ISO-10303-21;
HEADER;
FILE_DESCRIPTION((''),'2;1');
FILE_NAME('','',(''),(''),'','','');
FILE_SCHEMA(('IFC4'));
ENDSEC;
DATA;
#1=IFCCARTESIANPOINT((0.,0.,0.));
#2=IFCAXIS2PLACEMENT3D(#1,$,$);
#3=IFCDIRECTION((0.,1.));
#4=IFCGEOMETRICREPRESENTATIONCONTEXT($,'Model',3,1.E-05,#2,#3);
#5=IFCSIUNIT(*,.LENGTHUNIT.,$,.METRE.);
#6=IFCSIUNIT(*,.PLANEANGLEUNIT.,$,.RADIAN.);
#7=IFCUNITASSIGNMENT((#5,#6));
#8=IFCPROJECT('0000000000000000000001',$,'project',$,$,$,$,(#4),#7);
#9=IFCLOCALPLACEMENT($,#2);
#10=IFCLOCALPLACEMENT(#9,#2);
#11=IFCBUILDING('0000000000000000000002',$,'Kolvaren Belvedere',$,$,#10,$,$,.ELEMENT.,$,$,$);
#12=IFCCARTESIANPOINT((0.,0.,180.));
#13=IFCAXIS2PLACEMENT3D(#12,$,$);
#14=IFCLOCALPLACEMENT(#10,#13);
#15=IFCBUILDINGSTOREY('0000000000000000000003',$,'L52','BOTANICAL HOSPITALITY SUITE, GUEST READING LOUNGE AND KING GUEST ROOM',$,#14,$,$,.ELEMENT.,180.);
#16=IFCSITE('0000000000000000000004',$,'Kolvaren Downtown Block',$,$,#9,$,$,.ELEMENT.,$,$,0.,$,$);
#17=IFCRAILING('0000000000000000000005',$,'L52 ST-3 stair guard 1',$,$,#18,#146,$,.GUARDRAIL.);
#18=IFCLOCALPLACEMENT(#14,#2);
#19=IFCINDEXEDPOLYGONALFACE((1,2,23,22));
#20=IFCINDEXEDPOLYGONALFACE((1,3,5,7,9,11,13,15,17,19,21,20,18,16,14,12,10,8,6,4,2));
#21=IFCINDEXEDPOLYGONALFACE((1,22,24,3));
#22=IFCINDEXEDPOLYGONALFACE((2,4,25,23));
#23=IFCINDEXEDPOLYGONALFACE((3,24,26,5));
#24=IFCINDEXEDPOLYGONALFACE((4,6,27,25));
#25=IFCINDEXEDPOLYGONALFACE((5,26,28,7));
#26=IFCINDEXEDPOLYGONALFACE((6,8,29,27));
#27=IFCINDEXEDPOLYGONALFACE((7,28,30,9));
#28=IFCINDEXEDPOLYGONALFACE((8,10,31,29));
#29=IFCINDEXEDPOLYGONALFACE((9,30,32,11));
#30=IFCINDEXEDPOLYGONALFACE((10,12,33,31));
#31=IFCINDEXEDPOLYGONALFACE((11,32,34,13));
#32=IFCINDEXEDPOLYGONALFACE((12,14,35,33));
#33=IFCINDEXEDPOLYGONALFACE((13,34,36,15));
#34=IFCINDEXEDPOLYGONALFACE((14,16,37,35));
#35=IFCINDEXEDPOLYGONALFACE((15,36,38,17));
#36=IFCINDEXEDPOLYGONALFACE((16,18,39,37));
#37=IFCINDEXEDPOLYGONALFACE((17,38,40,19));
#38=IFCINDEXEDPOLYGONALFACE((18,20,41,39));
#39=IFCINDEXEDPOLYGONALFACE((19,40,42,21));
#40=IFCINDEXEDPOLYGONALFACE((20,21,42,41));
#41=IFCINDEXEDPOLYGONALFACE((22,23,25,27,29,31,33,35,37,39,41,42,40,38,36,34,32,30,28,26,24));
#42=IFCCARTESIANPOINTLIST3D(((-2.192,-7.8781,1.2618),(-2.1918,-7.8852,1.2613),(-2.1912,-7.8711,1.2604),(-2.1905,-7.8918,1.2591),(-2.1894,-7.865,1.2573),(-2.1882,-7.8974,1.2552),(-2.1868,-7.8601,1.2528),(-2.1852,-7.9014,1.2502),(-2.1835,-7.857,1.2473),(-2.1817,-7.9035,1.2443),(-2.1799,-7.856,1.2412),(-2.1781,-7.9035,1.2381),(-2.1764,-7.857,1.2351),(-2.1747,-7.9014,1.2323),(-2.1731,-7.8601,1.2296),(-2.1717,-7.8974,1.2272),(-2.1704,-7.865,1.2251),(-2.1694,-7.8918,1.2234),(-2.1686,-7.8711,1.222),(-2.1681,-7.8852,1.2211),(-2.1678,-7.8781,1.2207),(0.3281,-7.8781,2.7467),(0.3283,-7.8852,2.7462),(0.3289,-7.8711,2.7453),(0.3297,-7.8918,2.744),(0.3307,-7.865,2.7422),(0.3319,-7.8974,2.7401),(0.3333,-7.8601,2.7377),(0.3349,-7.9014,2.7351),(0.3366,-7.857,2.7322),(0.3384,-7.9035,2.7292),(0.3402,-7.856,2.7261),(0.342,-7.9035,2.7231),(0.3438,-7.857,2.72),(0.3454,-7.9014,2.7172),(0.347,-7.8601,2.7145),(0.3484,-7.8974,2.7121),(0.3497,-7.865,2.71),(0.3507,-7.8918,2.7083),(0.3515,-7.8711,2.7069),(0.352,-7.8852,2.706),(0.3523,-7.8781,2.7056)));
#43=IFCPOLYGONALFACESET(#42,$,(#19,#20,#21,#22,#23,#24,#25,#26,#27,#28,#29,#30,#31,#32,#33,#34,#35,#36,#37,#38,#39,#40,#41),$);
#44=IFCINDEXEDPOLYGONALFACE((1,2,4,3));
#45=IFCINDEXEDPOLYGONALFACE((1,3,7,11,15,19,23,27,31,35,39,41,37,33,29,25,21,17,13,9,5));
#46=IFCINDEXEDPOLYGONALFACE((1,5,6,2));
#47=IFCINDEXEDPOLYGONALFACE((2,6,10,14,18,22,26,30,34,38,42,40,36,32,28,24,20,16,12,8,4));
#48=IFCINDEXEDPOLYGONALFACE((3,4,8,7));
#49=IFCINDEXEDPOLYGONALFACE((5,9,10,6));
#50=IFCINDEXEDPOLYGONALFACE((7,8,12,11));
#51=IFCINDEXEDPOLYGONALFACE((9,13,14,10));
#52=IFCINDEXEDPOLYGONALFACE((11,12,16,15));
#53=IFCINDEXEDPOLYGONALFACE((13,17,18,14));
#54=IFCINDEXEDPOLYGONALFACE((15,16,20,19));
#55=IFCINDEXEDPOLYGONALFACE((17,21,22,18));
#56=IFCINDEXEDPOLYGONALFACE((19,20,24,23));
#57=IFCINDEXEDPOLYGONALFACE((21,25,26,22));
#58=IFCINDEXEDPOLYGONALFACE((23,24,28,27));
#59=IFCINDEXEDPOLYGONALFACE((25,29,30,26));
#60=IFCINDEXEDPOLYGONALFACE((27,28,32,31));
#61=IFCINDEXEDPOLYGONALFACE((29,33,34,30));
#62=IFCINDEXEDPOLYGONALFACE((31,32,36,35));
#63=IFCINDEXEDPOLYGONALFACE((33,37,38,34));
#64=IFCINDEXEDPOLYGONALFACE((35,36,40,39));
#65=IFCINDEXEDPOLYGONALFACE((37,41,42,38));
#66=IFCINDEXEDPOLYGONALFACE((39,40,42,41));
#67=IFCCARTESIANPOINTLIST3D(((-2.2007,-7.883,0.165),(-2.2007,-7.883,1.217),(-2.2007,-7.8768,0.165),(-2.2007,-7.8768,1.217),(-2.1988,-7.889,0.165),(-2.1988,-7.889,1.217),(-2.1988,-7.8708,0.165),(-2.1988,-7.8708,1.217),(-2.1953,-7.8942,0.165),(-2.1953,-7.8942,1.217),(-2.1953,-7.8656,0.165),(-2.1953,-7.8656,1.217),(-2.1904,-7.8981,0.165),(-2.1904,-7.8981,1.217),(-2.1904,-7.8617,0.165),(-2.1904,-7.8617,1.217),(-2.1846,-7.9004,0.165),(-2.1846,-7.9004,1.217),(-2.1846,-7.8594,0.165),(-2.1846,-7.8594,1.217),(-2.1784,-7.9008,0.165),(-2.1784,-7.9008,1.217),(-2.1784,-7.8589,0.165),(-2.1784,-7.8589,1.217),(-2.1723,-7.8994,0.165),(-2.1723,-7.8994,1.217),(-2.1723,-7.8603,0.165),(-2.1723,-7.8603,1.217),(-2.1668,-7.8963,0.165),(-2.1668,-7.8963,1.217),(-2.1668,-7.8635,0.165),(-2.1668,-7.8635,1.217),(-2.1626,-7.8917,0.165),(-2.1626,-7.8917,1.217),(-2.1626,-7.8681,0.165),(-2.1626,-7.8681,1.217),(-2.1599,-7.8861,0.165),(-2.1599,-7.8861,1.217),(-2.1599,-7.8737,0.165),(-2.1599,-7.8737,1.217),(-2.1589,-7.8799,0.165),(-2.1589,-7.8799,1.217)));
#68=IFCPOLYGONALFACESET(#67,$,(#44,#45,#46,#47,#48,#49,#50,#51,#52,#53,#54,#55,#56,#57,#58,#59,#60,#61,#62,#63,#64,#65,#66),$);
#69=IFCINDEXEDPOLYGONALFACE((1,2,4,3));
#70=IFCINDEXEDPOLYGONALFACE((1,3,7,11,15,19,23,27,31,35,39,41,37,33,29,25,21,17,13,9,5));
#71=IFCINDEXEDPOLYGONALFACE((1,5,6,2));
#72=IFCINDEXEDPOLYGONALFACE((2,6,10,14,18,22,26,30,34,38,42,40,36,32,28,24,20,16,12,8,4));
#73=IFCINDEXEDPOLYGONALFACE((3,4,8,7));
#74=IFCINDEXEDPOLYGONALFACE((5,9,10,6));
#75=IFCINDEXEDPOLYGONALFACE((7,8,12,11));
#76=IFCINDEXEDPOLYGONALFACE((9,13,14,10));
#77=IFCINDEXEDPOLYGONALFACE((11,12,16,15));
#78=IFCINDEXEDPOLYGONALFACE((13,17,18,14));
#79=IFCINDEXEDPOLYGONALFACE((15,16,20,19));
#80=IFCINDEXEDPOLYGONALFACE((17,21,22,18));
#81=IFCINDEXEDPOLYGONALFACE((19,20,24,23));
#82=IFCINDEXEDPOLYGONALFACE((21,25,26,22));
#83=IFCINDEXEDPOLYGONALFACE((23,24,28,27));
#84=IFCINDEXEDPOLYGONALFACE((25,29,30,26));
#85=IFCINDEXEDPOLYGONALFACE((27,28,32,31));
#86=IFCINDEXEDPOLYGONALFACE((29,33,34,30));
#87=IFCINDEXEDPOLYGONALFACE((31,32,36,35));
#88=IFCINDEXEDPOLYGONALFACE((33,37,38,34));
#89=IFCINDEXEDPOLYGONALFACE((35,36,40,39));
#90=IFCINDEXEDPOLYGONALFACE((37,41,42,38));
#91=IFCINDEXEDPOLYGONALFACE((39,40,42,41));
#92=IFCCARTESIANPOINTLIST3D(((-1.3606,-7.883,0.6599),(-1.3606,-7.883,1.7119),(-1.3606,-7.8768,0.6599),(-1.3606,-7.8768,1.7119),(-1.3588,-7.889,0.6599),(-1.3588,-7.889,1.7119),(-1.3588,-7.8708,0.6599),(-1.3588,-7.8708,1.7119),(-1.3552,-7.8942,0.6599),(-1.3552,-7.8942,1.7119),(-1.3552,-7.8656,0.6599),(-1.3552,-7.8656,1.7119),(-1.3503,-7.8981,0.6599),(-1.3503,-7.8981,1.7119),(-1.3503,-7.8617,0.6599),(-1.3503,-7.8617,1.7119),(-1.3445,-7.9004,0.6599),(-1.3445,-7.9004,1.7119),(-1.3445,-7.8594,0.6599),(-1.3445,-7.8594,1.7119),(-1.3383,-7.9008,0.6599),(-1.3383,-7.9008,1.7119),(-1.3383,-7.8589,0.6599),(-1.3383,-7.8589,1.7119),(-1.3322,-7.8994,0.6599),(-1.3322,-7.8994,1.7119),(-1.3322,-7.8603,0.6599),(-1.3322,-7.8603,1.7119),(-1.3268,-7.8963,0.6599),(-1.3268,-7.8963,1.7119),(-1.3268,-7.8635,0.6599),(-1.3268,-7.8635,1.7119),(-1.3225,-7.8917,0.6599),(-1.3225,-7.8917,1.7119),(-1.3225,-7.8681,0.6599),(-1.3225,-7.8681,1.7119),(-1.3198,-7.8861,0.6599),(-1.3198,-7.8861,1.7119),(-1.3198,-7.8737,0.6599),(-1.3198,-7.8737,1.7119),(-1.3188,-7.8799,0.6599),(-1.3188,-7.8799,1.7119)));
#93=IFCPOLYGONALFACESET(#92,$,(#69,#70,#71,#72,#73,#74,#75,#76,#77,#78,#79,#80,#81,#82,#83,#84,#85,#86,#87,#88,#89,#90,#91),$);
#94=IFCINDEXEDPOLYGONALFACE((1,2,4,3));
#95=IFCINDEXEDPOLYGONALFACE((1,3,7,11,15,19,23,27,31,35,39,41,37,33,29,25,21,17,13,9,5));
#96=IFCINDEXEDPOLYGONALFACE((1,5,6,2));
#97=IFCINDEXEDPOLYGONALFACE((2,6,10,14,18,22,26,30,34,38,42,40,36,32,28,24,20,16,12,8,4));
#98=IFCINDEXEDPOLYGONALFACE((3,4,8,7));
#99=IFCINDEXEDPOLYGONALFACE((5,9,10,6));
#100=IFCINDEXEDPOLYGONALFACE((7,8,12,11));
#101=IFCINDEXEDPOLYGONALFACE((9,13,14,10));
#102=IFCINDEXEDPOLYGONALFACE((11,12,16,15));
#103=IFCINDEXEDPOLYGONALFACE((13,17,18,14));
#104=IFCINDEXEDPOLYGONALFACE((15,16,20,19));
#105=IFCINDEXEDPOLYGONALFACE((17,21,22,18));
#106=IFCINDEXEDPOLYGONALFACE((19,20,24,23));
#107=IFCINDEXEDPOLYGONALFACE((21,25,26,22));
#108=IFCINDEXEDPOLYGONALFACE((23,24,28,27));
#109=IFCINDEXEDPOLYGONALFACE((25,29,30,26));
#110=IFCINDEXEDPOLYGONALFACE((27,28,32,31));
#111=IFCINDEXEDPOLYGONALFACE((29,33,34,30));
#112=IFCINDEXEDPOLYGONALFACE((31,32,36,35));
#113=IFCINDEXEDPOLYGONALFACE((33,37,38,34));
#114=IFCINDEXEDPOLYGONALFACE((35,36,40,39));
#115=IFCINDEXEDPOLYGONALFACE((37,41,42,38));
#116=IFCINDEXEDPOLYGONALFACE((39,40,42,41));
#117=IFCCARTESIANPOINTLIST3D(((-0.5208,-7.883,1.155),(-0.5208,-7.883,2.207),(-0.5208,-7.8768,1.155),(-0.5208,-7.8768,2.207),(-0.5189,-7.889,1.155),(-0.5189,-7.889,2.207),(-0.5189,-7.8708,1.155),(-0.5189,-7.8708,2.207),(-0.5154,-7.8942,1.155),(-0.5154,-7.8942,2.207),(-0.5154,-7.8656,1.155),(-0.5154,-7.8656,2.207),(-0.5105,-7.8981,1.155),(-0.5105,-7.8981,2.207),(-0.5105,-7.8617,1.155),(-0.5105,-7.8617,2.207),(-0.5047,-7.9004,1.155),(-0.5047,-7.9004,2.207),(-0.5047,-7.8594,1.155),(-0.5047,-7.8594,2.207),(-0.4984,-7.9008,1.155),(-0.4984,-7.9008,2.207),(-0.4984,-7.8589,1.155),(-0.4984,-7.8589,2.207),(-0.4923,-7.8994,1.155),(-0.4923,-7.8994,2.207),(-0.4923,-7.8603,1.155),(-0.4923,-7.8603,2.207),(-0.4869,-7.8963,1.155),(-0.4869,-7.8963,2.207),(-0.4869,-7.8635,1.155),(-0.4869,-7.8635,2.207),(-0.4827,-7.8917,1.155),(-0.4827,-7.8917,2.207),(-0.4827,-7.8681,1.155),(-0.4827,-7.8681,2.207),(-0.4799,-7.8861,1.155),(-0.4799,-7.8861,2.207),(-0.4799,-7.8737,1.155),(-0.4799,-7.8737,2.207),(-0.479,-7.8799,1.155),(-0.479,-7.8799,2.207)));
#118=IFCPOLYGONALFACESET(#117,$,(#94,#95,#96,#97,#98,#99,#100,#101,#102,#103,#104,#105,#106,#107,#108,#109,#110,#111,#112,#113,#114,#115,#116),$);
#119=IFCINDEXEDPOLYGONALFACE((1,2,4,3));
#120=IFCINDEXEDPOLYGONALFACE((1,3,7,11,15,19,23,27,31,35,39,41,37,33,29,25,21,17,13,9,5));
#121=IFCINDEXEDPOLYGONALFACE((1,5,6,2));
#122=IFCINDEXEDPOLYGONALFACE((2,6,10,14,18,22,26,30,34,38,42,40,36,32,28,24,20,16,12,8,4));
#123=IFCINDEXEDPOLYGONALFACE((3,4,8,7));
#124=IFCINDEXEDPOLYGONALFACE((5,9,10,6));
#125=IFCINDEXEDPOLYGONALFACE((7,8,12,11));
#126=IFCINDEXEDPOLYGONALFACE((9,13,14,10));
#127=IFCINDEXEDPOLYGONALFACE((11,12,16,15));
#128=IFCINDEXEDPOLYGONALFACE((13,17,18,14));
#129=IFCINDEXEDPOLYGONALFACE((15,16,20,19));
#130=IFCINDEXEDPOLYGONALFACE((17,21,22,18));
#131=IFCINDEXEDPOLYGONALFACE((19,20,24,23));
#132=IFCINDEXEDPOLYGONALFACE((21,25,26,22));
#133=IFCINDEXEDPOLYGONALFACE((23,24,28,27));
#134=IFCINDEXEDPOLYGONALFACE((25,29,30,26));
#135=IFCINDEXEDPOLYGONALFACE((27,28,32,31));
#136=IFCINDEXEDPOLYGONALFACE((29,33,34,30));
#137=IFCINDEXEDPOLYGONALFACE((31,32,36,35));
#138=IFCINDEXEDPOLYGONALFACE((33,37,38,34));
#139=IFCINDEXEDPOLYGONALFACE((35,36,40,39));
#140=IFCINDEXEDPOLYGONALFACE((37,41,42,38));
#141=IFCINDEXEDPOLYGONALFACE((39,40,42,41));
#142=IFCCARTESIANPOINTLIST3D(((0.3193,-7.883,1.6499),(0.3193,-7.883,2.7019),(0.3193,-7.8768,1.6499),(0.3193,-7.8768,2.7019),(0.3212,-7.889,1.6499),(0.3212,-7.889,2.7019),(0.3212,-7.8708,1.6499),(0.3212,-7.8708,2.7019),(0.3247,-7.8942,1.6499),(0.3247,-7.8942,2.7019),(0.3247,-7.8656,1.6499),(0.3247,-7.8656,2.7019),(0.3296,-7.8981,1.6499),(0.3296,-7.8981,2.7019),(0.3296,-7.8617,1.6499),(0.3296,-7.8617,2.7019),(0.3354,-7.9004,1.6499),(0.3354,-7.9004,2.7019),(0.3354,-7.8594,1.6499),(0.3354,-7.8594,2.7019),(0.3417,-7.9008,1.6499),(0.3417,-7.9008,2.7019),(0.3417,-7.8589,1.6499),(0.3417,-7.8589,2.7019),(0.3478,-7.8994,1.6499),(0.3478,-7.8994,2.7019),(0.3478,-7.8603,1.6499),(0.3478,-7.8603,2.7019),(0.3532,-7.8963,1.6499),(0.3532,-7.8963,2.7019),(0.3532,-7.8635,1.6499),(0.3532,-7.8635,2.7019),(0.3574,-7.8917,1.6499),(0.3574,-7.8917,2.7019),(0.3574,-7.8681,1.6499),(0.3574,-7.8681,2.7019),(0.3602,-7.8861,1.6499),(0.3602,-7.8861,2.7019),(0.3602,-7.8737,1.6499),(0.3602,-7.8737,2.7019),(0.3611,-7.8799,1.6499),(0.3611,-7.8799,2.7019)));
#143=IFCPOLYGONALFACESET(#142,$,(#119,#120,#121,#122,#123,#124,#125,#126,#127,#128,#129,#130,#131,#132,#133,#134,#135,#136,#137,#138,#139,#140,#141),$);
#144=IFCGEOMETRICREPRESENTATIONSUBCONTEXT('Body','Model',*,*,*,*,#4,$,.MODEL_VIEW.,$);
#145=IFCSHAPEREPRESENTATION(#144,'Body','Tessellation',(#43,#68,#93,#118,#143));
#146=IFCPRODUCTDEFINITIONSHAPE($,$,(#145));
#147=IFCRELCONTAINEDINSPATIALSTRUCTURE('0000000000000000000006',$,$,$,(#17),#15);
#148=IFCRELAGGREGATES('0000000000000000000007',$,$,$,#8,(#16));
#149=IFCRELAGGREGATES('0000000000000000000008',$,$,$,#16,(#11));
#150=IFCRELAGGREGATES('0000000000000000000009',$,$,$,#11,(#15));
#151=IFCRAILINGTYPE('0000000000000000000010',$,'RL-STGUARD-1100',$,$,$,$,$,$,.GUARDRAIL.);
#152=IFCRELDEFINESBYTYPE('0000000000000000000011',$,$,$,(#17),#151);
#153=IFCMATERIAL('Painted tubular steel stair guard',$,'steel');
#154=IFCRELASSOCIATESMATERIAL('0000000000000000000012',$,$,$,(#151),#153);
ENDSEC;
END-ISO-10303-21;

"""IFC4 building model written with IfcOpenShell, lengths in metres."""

from ifc_helpers import new_model, si_unit, direction, frame, origin, origin_2d, place, context, subcontext, project, spatial, circle, extrude, material, type_object, element, save


model = new_model("IFC4")

# Units and contexts
model_context = context("Model", 3, precision=1e-05, world=origin(), true_north=direction((0.0, 1.0)))
body_context = subcontext(model_context, "Body", "Model", "MODEL_VIEW")
ifc_project = project(units=[si_unit("LENGTHUNIT", "METRE"), si_unit("PLANEANGLEUNIT", "RADIAN")], contexts=[model_context])

# Site, building, storey
site_placement = place(None, origin())
site = spatial("IfcSite", under=ifc_project, at=site_placement, Name="Kolvaren Downtown Block", CompositionType="ELEMENT", RefElevation=0.0)
building_placement = place(site_placement, origin())
building = spatial("IfcBuilding", under=site, at=building_placement, Name="Kolvaren Belvedere", CompositionType="ELEMENT")
storey_placement = place(building_placement, frame((0.0, 0.0, 180.0)))
storey = spatial("IfcBuildingStorey", under=building, at=storey_placement, Name="L52", Description="BOTANICAL HOSPITALITY SUITE, GUEST READING LOUNGE AND KING GUEST ROOM", CompositionType="ELEMENT", Elevation=180.0)

# Railing
ifc_material_1 = material(Name="Painted tubular steel stair guard", Category="steel")
railing_type_1 = type_object("IfcRailingType", Name="RL-STGUARD-1100", PredefinedType="GUARDRAIL", material=ifc_material_1)
railing_1_placement = place(storey_placement, frame((-2.1799, -7.8799, 0.165)))
element("IfcRailing", 1, at=railing_1_placement, inside=storey, type_object=railing_type_1, Name="L52 ST-3 stair guard 1", PredefinedType="GUARDRAIL", context=body_context, shape_type="SweptSolid", body=[
    extrude(circle(Radius=0.0239, at=origin_2d()), frame((0.0, 0.0, 1.0762), z_axis=(0.861561, 0.0, 0.507655), x_axis=(0.0, 1.0, 0.0)), (0.0, 0.0, 1.0), 2.925),
    extrude(circle(Radius=0.021, at=origin_2d()), origin(), (0.0, 0.0, 1.0), 1.052),
    extrude(circle(Radius=0.021, at=origin_2d()), frame((0.8401, 0.0, 0.4949)), (0.0, 0.0, 1.0), 1.052),
    extrude(circle(Radius=0.021, at=origin_2d()), frame((1.6799, 0.0, 0.99)), (0.0, 0.0, 1.0), 1.052),
    extrude(circle(Radius=0.021, at=origin_2d()), frame((2.52, 0.0, 1.4849)), (0.0, 0.0, 1.0), 1.052),
])

save(model, "model.ifc")
